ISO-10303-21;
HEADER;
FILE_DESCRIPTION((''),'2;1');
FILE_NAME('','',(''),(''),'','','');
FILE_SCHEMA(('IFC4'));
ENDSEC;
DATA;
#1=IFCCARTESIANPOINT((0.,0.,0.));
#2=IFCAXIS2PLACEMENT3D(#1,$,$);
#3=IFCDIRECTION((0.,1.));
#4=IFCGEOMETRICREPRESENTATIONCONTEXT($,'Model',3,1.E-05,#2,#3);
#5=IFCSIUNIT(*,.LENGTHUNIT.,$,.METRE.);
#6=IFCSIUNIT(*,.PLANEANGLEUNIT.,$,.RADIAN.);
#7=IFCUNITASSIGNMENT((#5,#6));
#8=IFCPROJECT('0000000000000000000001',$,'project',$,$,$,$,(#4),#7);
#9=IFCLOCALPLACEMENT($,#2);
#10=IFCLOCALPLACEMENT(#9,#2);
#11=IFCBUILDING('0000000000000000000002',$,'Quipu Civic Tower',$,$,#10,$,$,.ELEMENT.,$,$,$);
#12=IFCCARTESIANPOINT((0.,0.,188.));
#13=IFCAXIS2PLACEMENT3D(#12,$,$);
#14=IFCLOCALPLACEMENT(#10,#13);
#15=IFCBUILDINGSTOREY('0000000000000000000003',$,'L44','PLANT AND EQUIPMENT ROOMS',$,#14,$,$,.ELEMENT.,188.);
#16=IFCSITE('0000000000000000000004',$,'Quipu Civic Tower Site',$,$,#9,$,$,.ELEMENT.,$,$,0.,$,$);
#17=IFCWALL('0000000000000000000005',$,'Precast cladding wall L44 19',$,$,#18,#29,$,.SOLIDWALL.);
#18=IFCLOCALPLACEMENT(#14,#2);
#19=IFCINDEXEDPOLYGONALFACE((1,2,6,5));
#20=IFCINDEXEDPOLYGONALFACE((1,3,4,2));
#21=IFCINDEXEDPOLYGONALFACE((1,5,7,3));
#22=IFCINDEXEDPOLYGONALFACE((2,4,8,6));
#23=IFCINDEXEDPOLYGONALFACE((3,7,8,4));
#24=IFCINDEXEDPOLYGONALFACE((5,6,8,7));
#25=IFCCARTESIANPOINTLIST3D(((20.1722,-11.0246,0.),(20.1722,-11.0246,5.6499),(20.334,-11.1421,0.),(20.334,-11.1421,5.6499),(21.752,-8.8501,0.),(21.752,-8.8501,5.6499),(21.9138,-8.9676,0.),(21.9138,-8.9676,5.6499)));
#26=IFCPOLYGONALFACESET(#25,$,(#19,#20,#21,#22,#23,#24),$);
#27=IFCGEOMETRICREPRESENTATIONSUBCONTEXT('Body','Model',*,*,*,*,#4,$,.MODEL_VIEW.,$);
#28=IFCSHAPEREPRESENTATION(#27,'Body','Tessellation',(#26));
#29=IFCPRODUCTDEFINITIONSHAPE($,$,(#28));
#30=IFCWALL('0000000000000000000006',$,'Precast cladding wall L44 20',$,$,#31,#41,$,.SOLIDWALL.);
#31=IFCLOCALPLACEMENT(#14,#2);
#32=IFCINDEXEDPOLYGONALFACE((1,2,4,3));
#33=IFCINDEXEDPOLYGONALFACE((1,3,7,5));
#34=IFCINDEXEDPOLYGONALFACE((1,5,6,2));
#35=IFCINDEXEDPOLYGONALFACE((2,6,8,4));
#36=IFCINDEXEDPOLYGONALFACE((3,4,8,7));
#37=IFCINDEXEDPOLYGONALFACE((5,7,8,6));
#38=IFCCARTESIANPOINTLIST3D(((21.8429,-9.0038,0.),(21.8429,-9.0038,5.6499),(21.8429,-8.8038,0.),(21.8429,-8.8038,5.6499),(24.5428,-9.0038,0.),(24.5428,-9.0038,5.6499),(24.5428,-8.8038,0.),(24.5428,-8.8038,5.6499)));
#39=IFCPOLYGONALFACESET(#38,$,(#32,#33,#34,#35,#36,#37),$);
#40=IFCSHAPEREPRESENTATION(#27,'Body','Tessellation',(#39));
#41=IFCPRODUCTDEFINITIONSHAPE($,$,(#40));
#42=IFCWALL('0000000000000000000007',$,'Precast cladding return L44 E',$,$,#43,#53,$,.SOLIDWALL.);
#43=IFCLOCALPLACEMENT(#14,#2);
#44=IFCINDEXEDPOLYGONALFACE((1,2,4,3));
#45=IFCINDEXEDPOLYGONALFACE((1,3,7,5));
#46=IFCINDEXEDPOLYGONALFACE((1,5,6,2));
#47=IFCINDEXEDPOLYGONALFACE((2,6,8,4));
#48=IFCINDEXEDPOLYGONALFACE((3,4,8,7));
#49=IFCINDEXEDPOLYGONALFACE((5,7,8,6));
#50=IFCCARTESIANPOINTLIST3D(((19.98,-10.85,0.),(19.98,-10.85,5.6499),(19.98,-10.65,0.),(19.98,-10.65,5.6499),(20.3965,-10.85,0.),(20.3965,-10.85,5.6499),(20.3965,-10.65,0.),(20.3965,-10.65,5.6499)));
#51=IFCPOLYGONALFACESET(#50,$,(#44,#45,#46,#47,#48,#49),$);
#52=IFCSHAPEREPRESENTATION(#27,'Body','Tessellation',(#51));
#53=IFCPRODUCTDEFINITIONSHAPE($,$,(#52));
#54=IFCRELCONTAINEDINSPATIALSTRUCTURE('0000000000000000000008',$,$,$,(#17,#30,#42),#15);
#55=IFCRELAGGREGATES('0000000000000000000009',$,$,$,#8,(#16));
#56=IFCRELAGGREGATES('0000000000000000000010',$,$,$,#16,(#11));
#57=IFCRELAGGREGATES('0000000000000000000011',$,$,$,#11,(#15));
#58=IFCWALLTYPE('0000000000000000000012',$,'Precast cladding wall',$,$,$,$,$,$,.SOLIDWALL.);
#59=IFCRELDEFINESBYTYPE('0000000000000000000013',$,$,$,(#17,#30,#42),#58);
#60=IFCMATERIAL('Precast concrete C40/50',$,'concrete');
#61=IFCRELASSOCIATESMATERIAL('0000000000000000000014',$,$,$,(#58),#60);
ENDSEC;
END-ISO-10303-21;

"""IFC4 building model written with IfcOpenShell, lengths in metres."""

from ifc_helpers import new_model, si_unit, direction, frame, frame_2d, origin, place, context, subcontext, project, spatial, rectangle, extrude, material, type_object, element, save


model = new_model("IFC4")

# Units and contexts
model_context = context("Model", 3, precision=1e-05, world=origin(), true_north=direction((0.0, 1.0)))
body_context = subcontext(model_context, "Body", "Model", "MODEL_VIEW")
ifc_project = project(units=[si_unit("LENGTHUNIT", "METRE"), si_unit("PLANEANGLEUNIT", "RADIAN")], contexts=[model_context])

# Site, building, storey
site_placement = place(None, origin())
site = spatial("IfcSite", under=ifc_project, at=site_placement, Name="Quipu Civic Tower Site", CompositionType="ELEMENT", RefElevation=0.0)
building_placement = place(site_placement, origin())
building = spatial("IfcBuilding", under=site, at=building_placement, Name="Quipu Civic Tower", CompositionType="ELEMENT")
storey_placement = place(building_placement, frame((0.0, 0.0, 188.0)))
storey = spatial("IfcBuildingStorey", under=building, at=storey_placement, Name="L44", Description="PLANT AND EQUIPMENT ROOMS", CompositionType="ELEMENT", Elevation=188.0)

# Walls
ifc_material_1 = material(Name="Precast concrete C40/50", Category="concrete")
wall_type_1 = type_object("IfcWallType", Name="Precast cladding wall", PredefinedType="SOLIDWALL", material=ifc_material_1)
wall_1_placement = place(storey_placement, frame((20.2532, -11.0833, 0.0), z_axis=(0.0, 0.0, 1.0), x_axis=(0.587767, 0.809031, 0.0)))
element("IfcWall", 1, at=wall_1_placement, inside=storey, type_object=wall_type_1, Name="Precast cladding wall L44 19", PredefinedType="SOLIDWALL", context=body_context, shape_type="SweptSolid", body=[
    extrude(rectangle(XDim=2.6877, YDim=0.2, at=frame_2d((1.3438, 0.0))), origin(), (0.0, 0.0, 1.0), 5.6499),
])
wall_2_placement = place(storey_placement, frame((21.8428, -8.9038, 0.0), z_axis=(0.0, 0.0, 1.0), x_axis=(1.0, 0.0, 0.0)))
element("IfcWall", 2, at=wall_2_placement, inside=storey, type_object=wall_type_1, Name="Precast cladding wall L44 20", PredefinedType="SOLIDWALL", context=body_context, shape_type="SweptSolid", body=[
    extrude(rectangle(XDim=2.7, YDim=0.2, at=frame_2d((1.3501, 0.0))), origin(), (0.0, 0.0, 1.0), 5.6499),
])
wall_3_placement = place(storey_placement, frame((19.98, -10.75, 0.0), z_axis=(0.0, 0.0, 1.0), x_axis=(1.0, 0.0, 0.0)))
element("IfcWall", 3, at=wall_3_placement, inside=storey, type_object=wall_type_1, Name="Precast cladding return L44 E", PredefinedType="SOLIDWALL", context=body_context, shape_type="SweptSolid", body=[
    extrude(rectangle(XDim=0.4165, YDim=0.2, at=frame_2d((0.2083, 0.0))), origin(), (0.0, 0.0, 1.0), 5.6499),
])

save(model, "model.ifc")
